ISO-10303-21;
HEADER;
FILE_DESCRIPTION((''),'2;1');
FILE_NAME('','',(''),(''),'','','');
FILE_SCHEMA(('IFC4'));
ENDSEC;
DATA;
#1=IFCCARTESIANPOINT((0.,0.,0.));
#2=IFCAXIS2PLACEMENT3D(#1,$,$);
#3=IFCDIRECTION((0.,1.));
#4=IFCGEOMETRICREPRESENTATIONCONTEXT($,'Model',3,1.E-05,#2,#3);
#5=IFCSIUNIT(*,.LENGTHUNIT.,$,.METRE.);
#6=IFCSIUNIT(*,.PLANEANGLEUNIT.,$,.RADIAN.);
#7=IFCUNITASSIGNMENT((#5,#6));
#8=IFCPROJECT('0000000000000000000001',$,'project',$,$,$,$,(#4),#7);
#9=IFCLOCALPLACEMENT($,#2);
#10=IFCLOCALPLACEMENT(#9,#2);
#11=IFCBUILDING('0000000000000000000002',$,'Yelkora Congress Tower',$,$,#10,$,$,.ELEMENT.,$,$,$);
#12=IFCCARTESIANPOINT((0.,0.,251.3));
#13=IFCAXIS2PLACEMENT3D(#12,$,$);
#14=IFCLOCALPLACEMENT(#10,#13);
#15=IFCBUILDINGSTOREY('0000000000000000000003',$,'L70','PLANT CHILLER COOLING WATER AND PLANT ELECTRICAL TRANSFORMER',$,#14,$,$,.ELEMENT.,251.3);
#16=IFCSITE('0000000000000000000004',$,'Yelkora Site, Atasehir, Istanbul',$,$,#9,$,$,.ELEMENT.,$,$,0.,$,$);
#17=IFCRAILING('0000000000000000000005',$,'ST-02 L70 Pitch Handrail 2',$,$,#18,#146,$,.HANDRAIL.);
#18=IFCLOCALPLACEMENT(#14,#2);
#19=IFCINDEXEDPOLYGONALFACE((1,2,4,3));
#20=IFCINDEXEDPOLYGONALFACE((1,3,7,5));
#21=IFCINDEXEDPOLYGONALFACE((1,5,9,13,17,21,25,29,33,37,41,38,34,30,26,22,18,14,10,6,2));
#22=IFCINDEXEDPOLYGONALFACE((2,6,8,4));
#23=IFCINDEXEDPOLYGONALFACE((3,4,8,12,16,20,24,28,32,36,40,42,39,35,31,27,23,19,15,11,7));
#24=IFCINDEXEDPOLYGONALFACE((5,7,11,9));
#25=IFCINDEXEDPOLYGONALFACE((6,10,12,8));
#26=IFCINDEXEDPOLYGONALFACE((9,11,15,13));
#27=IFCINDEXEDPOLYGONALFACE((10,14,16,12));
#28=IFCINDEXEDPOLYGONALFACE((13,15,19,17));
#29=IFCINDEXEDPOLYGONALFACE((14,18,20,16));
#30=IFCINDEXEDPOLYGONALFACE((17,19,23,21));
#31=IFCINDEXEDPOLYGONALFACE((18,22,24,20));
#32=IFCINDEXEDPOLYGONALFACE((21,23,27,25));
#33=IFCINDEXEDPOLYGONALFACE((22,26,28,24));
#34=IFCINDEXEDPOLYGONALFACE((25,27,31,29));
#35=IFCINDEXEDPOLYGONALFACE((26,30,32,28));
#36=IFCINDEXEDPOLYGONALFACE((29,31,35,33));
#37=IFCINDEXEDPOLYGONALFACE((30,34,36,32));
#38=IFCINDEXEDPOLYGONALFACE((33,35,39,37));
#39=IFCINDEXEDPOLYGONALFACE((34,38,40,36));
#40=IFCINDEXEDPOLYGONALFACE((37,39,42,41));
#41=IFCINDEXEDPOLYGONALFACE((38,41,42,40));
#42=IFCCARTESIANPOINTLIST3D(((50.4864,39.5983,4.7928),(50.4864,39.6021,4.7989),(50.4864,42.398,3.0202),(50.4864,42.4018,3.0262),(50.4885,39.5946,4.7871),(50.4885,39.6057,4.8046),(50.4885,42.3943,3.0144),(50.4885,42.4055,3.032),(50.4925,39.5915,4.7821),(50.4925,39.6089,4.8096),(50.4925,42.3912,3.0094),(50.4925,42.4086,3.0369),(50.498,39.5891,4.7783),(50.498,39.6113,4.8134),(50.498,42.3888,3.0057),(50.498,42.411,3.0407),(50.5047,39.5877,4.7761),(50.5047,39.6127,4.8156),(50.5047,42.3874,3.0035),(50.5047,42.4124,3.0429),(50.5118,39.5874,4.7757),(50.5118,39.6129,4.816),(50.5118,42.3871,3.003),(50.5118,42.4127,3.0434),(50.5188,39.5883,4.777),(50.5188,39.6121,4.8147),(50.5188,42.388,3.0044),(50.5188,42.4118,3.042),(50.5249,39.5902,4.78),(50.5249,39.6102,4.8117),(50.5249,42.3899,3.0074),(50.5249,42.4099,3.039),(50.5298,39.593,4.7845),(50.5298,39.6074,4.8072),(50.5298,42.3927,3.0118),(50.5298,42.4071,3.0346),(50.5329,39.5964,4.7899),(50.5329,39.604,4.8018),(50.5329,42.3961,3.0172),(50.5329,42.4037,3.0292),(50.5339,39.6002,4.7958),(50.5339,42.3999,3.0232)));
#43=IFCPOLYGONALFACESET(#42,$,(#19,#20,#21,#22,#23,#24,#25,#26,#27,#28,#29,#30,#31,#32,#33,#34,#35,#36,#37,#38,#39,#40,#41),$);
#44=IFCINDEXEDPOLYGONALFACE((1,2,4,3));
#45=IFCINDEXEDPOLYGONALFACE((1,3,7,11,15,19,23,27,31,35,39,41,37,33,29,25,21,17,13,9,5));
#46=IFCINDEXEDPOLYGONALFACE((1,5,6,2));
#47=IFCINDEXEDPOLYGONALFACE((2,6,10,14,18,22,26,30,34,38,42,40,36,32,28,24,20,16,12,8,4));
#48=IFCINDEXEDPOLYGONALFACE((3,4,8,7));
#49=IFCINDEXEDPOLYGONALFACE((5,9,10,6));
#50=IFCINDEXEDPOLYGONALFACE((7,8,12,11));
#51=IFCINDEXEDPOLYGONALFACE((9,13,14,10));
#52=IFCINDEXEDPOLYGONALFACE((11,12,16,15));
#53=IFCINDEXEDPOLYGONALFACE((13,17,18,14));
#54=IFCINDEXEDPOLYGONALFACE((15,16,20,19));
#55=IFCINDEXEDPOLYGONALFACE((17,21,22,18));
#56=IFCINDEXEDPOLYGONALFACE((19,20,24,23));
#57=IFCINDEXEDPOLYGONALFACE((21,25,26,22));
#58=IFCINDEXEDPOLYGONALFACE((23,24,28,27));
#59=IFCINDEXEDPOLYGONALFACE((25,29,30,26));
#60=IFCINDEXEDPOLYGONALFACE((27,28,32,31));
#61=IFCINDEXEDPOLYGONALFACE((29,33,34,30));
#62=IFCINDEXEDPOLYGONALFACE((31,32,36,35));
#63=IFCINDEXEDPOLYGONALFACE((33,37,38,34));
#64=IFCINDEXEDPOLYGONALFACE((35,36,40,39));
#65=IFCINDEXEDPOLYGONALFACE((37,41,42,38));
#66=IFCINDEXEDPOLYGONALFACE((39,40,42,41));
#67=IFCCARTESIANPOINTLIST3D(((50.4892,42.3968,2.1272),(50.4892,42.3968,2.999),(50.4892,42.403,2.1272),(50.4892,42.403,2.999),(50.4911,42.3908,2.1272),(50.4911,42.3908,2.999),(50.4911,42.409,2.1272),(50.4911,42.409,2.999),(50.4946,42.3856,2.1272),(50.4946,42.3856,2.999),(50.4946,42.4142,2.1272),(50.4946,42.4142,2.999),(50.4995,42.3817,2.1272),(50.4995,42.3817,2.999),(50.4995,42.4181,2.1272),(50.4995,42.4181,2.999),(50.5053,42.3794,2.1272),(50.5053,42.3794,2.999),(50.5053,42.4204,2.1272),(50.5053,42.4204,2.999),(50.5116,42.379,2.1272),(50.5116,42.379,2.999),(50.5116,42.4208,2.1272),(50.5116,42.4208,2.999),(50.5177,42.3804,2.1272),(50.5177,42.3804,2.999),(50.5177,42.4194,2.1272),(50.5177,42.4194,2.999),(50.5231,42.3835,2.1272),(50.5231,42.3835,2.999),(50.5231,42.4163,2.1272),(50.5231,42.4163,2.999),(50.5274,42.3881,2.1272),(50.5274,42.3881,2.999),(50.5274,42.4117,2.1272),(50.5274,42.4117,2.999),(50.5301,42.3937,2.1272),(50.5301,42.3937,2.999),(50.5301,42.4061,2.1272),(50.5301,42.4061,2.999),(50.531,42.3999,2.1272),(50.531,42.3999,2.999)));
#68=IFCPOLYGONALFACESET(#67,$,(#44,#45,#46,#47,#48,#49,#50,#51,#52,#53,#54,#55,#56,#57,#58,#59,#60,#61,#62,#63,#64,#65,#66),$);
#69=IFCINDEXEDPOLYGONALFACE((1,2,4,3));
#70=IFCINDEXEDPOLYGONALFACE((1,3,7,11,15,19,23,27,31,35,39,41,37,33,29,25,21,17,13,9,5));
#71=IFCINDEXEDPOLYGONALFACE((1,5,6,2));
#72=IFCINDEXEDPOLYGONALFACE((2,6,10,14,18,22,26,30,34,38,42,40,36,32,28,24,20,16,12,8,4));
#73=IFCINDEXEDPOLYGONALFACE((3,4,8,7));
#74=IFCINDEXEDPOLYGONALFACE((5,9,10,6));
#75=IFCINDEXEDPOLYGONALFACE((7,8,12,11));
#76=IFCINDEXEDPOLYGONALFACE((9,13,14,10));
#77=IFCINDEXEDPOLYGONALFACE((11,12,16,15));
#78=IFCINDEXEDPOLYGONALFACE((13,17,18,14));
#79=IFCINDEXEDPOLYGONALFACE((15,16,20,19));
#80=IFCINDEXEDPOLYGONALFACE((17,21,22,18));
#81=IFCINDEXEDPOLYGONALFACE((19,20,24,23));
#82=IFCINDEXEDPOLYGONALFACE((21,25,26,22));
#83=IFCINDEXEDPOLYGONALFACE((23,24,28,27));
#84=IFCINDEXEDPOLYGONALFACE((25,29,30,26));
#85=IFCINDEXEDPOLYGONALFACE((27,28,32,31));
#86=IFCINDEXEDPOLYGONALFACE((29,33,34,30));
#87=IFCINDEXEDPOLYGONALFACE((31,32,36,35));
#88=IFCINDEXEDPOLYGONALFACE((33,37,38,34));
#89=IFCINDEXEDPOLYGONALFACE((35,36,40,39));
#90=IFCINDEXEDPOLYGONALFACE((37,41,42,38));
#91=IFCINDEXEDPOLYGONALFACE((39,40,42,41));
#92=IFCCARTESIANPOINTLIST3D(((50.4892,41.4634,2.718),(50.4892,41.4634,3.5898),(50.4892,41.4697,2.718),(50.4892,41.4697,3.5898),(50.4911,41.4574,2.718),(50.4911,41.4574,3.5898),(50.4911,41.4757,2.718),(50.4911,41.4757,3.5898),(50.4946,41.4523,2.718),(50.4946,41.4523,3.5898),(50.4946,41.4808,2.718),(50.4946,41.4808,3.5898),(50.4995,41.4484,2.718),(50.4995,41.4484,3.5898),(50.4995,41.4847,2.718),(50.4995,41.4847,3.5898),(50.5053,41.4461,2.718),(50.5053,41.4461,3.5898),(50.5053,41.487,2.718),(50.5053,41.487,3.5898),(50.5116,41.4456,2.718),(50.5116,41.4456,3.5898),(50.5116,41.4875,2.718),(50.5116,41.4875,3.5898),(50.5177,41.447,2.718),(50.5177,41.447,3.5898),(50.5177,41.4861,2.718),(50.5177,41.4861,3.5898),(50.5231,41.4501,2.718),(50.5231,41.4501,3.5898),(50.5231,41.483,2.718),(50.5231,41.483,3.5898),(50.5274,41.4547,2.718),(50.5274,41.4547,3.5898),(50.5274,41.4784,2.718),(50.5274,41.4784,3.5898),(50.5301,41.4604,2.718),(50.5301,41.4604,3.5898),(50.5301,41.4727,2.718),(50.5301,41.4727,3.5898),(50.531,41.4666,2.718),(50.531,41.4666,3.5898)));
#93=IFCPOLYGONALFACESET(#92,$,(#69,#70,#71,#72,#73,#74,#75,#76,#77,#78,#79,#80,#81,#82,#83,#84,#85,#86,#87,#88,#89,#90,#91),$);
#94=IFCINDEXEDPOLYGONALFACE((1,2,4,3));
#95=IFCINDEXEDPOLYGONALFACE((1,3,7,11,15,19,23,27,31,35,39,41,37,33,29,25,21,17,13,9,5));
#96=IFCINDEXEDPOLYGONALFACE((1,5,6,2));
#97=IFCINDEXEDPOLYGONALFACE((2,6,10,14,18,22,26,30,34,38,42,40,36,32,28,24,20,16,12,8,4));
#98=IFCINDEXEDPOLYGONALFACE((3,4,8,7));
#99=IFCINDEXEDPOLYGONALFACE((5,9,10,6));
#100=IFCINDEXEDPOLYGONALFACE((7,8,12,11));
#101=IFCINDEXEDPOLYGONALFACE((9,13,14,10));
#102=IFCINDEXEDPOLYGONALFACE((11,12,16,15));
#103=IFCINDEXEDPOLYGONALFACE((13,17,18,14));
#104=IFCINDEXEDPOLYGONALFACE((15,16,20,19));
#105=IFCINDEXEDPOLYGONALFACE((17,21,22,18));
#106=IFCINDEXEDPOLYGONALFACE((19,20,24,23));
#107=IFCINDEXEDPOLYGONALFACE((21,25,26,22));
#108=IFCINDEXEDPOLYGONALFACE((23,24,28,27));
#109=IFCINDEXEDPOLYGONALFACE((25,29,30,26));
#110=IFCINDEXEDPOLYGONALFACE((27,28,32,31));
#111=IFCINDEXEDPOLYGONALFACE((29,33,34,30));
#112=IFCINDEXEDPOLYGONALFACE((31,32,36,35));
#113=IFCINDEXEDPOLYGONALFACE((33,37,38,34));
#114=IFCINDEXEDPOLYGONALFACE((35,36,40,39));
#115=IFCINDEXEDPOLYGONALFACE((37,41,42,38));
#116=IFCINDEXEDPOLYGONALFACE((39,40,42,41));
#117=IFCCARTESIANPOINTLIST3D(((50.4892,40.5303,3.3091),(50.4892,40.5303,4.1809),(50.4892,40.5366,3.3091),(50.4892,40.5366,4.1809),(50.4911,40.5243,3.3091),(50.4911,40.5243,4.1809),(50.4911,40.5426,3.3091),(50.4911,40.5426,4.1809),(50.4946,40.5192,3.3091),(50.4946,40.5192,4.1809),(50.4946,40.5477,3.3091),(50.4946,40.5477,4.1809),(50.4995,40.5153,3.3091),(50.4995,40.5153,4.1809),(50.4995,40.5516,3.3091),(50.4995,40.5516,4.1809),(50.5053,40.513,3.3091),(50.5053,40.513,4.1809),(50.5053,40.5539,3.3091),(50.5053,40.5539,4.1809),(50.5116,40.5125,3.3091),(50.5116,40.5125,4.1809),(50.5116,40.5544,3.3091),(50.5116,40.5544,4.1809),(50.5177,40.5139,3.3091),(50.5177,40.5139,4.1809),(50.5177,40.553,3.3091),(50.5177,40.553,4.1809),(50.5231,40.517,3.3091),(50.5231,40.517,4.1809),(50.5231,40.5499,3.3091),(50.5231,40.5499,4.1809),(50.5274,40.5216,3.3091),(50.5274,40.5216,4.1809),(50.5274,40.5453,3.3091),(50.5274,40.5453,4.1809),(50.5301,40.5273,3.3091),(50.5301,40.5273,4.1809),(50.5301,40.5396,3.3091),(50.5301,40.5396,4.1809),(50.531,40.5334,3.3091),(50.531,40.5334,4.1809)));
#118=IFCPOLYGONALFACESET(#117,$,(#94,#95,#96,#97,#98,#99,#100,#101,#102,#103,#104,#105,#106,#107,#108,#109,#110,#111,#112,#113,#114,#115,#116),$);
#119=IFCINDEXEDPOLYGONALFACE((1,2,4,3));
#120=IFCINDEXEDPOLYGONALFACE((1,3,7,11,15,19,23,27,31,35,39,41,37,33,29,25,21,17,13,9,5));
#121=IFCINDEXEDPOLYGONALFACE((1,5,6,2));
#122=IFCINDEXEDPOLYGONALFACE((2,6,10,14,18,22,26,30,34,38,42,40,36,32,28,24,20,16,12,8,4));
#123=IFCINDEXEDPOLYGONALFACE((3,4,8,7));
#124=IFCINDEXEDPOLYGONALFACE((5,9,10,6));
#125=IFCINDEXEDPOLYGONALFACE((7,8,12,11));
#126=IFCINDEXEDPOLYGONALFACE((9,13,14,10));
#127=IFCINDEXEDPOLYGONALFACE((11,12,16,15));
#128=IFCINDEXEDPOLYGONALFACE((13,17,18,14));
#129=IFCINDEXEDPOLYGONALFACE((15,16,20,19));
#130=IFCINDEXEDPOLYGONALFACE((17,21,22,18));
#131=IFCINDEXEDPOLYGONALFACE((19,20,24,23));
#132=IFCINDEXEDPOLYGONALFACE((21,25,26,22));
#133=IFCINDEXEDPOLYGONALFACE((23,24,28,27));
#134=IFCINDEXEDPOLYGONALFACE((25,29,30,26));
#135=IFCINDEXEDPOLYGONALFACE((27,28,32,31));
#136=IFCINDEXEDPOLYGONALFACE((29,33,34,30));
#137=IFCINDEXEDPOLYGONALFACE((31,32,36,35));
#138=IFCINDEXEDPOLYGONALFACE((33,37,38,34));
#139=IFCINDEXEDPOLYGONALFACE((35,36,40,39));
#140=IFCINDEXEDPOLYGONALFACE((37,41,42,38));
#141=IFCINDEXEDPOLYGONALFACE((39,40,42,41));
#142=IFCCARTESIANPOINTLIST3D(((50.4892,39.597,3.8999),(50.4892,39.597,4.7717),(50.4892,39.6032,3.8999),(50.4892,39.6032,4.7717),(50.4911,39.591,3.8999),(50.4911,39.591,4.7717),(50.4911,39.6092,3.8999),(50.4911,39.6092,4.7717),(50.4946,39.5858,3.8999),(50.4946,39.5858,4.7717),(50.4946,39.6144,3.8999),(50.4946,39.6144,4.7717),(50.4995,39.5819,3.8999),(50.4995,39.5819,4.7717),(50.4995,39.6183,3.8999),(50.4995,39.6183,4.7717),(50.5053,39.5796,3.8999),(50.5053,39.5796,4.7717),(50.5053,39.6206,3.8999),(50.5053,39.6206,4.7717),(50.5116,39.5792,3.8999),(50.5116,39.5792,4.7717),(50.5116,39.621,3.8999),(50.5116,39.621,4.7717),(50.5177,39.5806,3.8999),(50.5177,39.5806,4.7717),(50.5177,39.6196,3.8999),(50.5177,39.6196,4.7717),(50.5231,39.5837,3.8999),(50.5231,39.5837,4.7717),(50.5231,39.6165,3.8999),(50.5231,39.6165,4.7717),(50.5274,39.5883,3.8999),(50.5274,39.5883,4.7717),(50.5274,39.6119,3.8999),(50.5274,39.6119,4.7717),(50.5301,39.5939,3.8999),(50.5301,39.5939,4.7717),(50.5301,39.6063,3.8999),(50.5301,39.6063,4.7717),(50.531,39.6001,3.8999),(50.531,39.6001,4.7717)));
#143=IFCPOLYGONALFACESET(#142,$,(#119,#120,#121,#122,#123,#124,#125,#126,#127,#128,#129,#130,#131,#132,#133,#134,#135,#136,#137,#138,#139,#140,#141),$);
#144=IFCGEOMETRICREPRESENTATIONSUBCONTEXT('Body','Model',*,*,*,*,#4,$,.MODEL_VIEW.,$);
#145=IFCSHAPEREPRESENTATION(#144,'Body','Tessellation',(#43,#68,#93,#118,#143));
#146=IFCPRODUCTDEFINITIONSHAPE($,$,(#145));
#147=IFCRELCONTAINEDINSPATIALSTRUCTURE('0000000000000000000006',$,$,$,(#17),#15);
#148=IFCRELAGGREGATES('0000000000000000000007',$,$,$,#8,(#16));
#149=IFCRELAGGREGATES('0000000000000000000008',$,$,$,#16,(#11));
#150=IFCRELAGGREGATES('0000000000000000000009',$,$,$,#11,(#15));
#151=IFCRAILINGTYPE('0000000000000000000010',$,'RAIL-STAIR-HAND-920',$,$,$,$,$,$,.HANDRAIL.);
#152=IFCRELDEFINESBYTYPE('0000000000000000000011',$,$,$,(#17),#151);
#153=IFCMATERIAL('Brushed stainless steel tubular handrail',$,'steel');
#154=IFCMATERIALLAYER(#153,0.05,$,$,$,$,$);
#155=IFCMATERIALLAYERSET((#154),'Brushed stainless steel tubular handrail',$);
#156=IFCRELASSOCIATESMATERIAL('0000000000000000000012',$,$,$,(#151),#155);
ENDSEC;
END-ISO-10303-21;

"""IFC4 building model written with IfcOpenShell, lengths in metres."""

from ifc_helpers import new_model, si_unit, direction, frame, origin, origin_2d, place, context, subcontext, project, spatial, circle, extrude, material, layer, layer_set, type_object, element, save


model = new_model("IFC4")

# Units and contexts
model_context = context("Model", 3, precision=1e-05, world=origin(), true_north=direction((0.0, 1.0)))
body_context = subcontext(model_context, "Body", "Model", "MODEL_VIEW")
ifc_project = project(units=[si_unit("LENGTHUNIT", "METRE"), si_unit("PLANEANGLEUNIT", "RADIAN")], contexts=[model_context])

# Site, building, storey
site_placement = place(None, origin())
site = spatial("IfcSite", under=ifc_project, at=site_placement, Name="Yelkora Site, Atasehir, Istanbul", CompositionType="ELEMENT", RefElevation=0.0)
building_placement = place(site_placement, origin())
building = spatial("IfcBuilding", under=site, at=building_placement, Name="Yelkora Congress Tower", CompositionType="ELEMENT")
storey_placement = place(building_placement, frame((0.0, 0.0, 251.3)))
storey = spatial("IfcBuildingStorey", under=building, at=storey_placement, Name="L70", Description="PLANT CHILLER COOLING WATER AND PLANT ELECTRICAL TRANSFORMER", CompositionType="ELEMENT", Elevation=251.3)

# Railing
ifc_material_1 = material(Name="Brushed stainless steel tubular handrail", Category="steel")
ifc_layer_1 = layer(ifc_material_1, 0.05)
ifc_layer_set_1 = layer_set([ifc_layer_1], Name="Brushed stainless steel tubular handrail")
railing_type_1 = type_object("IfcRailingType", Name="RAIL-STAIR-HAND-920", PredefinedType="HANDRAIL", material=ifc_layer_set_1)
railing_1_placement = place(storey_placement, frame((50.51, 42.3999, 2.1272)))
element("IfcRailing", 1, at=railing_1_placement, inside=storey, type_object=railing_type_1, Name="ST-02 L70 Pitch Handrail 2", PredefinedType="HANDRAIL", context=body_context, shape_type="SweptSolid", body=[
    extrude(circle(Radius=0.0239, at=origin_2d()), frame((0.0, 0.0, 0.896), z_axis=(0.0, -0.844888, 0.534943), x_axis=(1.0, 0.0, 0.0)), (0.0, 0.0, 1.0), 3.3137),
    extrude(circle(Radius=0.021, at=origin_2d()), origin(), (0.0, 0.0, 1.0), 0.8718),
    extrude(circle(Radius=0.021, at=origin_2d()), frame((0.0, -0.9333, 0.5908)), (0.0, 0.0, 1.0), 0.8718),
    extrude(circle(Radius=0.021, at=origin_2d()), frame((0.0, -1.8665, 1.1819)), (0.0, 0.0, 1.0), 0.8718),
    extrude(circle(Radius=0.021, at=origin_2d()), frame((0.0, -2.7998, 1.7727)), (0.0, 0.0, 1.0), 0.8718),
])

save(model, "model.ifc")
